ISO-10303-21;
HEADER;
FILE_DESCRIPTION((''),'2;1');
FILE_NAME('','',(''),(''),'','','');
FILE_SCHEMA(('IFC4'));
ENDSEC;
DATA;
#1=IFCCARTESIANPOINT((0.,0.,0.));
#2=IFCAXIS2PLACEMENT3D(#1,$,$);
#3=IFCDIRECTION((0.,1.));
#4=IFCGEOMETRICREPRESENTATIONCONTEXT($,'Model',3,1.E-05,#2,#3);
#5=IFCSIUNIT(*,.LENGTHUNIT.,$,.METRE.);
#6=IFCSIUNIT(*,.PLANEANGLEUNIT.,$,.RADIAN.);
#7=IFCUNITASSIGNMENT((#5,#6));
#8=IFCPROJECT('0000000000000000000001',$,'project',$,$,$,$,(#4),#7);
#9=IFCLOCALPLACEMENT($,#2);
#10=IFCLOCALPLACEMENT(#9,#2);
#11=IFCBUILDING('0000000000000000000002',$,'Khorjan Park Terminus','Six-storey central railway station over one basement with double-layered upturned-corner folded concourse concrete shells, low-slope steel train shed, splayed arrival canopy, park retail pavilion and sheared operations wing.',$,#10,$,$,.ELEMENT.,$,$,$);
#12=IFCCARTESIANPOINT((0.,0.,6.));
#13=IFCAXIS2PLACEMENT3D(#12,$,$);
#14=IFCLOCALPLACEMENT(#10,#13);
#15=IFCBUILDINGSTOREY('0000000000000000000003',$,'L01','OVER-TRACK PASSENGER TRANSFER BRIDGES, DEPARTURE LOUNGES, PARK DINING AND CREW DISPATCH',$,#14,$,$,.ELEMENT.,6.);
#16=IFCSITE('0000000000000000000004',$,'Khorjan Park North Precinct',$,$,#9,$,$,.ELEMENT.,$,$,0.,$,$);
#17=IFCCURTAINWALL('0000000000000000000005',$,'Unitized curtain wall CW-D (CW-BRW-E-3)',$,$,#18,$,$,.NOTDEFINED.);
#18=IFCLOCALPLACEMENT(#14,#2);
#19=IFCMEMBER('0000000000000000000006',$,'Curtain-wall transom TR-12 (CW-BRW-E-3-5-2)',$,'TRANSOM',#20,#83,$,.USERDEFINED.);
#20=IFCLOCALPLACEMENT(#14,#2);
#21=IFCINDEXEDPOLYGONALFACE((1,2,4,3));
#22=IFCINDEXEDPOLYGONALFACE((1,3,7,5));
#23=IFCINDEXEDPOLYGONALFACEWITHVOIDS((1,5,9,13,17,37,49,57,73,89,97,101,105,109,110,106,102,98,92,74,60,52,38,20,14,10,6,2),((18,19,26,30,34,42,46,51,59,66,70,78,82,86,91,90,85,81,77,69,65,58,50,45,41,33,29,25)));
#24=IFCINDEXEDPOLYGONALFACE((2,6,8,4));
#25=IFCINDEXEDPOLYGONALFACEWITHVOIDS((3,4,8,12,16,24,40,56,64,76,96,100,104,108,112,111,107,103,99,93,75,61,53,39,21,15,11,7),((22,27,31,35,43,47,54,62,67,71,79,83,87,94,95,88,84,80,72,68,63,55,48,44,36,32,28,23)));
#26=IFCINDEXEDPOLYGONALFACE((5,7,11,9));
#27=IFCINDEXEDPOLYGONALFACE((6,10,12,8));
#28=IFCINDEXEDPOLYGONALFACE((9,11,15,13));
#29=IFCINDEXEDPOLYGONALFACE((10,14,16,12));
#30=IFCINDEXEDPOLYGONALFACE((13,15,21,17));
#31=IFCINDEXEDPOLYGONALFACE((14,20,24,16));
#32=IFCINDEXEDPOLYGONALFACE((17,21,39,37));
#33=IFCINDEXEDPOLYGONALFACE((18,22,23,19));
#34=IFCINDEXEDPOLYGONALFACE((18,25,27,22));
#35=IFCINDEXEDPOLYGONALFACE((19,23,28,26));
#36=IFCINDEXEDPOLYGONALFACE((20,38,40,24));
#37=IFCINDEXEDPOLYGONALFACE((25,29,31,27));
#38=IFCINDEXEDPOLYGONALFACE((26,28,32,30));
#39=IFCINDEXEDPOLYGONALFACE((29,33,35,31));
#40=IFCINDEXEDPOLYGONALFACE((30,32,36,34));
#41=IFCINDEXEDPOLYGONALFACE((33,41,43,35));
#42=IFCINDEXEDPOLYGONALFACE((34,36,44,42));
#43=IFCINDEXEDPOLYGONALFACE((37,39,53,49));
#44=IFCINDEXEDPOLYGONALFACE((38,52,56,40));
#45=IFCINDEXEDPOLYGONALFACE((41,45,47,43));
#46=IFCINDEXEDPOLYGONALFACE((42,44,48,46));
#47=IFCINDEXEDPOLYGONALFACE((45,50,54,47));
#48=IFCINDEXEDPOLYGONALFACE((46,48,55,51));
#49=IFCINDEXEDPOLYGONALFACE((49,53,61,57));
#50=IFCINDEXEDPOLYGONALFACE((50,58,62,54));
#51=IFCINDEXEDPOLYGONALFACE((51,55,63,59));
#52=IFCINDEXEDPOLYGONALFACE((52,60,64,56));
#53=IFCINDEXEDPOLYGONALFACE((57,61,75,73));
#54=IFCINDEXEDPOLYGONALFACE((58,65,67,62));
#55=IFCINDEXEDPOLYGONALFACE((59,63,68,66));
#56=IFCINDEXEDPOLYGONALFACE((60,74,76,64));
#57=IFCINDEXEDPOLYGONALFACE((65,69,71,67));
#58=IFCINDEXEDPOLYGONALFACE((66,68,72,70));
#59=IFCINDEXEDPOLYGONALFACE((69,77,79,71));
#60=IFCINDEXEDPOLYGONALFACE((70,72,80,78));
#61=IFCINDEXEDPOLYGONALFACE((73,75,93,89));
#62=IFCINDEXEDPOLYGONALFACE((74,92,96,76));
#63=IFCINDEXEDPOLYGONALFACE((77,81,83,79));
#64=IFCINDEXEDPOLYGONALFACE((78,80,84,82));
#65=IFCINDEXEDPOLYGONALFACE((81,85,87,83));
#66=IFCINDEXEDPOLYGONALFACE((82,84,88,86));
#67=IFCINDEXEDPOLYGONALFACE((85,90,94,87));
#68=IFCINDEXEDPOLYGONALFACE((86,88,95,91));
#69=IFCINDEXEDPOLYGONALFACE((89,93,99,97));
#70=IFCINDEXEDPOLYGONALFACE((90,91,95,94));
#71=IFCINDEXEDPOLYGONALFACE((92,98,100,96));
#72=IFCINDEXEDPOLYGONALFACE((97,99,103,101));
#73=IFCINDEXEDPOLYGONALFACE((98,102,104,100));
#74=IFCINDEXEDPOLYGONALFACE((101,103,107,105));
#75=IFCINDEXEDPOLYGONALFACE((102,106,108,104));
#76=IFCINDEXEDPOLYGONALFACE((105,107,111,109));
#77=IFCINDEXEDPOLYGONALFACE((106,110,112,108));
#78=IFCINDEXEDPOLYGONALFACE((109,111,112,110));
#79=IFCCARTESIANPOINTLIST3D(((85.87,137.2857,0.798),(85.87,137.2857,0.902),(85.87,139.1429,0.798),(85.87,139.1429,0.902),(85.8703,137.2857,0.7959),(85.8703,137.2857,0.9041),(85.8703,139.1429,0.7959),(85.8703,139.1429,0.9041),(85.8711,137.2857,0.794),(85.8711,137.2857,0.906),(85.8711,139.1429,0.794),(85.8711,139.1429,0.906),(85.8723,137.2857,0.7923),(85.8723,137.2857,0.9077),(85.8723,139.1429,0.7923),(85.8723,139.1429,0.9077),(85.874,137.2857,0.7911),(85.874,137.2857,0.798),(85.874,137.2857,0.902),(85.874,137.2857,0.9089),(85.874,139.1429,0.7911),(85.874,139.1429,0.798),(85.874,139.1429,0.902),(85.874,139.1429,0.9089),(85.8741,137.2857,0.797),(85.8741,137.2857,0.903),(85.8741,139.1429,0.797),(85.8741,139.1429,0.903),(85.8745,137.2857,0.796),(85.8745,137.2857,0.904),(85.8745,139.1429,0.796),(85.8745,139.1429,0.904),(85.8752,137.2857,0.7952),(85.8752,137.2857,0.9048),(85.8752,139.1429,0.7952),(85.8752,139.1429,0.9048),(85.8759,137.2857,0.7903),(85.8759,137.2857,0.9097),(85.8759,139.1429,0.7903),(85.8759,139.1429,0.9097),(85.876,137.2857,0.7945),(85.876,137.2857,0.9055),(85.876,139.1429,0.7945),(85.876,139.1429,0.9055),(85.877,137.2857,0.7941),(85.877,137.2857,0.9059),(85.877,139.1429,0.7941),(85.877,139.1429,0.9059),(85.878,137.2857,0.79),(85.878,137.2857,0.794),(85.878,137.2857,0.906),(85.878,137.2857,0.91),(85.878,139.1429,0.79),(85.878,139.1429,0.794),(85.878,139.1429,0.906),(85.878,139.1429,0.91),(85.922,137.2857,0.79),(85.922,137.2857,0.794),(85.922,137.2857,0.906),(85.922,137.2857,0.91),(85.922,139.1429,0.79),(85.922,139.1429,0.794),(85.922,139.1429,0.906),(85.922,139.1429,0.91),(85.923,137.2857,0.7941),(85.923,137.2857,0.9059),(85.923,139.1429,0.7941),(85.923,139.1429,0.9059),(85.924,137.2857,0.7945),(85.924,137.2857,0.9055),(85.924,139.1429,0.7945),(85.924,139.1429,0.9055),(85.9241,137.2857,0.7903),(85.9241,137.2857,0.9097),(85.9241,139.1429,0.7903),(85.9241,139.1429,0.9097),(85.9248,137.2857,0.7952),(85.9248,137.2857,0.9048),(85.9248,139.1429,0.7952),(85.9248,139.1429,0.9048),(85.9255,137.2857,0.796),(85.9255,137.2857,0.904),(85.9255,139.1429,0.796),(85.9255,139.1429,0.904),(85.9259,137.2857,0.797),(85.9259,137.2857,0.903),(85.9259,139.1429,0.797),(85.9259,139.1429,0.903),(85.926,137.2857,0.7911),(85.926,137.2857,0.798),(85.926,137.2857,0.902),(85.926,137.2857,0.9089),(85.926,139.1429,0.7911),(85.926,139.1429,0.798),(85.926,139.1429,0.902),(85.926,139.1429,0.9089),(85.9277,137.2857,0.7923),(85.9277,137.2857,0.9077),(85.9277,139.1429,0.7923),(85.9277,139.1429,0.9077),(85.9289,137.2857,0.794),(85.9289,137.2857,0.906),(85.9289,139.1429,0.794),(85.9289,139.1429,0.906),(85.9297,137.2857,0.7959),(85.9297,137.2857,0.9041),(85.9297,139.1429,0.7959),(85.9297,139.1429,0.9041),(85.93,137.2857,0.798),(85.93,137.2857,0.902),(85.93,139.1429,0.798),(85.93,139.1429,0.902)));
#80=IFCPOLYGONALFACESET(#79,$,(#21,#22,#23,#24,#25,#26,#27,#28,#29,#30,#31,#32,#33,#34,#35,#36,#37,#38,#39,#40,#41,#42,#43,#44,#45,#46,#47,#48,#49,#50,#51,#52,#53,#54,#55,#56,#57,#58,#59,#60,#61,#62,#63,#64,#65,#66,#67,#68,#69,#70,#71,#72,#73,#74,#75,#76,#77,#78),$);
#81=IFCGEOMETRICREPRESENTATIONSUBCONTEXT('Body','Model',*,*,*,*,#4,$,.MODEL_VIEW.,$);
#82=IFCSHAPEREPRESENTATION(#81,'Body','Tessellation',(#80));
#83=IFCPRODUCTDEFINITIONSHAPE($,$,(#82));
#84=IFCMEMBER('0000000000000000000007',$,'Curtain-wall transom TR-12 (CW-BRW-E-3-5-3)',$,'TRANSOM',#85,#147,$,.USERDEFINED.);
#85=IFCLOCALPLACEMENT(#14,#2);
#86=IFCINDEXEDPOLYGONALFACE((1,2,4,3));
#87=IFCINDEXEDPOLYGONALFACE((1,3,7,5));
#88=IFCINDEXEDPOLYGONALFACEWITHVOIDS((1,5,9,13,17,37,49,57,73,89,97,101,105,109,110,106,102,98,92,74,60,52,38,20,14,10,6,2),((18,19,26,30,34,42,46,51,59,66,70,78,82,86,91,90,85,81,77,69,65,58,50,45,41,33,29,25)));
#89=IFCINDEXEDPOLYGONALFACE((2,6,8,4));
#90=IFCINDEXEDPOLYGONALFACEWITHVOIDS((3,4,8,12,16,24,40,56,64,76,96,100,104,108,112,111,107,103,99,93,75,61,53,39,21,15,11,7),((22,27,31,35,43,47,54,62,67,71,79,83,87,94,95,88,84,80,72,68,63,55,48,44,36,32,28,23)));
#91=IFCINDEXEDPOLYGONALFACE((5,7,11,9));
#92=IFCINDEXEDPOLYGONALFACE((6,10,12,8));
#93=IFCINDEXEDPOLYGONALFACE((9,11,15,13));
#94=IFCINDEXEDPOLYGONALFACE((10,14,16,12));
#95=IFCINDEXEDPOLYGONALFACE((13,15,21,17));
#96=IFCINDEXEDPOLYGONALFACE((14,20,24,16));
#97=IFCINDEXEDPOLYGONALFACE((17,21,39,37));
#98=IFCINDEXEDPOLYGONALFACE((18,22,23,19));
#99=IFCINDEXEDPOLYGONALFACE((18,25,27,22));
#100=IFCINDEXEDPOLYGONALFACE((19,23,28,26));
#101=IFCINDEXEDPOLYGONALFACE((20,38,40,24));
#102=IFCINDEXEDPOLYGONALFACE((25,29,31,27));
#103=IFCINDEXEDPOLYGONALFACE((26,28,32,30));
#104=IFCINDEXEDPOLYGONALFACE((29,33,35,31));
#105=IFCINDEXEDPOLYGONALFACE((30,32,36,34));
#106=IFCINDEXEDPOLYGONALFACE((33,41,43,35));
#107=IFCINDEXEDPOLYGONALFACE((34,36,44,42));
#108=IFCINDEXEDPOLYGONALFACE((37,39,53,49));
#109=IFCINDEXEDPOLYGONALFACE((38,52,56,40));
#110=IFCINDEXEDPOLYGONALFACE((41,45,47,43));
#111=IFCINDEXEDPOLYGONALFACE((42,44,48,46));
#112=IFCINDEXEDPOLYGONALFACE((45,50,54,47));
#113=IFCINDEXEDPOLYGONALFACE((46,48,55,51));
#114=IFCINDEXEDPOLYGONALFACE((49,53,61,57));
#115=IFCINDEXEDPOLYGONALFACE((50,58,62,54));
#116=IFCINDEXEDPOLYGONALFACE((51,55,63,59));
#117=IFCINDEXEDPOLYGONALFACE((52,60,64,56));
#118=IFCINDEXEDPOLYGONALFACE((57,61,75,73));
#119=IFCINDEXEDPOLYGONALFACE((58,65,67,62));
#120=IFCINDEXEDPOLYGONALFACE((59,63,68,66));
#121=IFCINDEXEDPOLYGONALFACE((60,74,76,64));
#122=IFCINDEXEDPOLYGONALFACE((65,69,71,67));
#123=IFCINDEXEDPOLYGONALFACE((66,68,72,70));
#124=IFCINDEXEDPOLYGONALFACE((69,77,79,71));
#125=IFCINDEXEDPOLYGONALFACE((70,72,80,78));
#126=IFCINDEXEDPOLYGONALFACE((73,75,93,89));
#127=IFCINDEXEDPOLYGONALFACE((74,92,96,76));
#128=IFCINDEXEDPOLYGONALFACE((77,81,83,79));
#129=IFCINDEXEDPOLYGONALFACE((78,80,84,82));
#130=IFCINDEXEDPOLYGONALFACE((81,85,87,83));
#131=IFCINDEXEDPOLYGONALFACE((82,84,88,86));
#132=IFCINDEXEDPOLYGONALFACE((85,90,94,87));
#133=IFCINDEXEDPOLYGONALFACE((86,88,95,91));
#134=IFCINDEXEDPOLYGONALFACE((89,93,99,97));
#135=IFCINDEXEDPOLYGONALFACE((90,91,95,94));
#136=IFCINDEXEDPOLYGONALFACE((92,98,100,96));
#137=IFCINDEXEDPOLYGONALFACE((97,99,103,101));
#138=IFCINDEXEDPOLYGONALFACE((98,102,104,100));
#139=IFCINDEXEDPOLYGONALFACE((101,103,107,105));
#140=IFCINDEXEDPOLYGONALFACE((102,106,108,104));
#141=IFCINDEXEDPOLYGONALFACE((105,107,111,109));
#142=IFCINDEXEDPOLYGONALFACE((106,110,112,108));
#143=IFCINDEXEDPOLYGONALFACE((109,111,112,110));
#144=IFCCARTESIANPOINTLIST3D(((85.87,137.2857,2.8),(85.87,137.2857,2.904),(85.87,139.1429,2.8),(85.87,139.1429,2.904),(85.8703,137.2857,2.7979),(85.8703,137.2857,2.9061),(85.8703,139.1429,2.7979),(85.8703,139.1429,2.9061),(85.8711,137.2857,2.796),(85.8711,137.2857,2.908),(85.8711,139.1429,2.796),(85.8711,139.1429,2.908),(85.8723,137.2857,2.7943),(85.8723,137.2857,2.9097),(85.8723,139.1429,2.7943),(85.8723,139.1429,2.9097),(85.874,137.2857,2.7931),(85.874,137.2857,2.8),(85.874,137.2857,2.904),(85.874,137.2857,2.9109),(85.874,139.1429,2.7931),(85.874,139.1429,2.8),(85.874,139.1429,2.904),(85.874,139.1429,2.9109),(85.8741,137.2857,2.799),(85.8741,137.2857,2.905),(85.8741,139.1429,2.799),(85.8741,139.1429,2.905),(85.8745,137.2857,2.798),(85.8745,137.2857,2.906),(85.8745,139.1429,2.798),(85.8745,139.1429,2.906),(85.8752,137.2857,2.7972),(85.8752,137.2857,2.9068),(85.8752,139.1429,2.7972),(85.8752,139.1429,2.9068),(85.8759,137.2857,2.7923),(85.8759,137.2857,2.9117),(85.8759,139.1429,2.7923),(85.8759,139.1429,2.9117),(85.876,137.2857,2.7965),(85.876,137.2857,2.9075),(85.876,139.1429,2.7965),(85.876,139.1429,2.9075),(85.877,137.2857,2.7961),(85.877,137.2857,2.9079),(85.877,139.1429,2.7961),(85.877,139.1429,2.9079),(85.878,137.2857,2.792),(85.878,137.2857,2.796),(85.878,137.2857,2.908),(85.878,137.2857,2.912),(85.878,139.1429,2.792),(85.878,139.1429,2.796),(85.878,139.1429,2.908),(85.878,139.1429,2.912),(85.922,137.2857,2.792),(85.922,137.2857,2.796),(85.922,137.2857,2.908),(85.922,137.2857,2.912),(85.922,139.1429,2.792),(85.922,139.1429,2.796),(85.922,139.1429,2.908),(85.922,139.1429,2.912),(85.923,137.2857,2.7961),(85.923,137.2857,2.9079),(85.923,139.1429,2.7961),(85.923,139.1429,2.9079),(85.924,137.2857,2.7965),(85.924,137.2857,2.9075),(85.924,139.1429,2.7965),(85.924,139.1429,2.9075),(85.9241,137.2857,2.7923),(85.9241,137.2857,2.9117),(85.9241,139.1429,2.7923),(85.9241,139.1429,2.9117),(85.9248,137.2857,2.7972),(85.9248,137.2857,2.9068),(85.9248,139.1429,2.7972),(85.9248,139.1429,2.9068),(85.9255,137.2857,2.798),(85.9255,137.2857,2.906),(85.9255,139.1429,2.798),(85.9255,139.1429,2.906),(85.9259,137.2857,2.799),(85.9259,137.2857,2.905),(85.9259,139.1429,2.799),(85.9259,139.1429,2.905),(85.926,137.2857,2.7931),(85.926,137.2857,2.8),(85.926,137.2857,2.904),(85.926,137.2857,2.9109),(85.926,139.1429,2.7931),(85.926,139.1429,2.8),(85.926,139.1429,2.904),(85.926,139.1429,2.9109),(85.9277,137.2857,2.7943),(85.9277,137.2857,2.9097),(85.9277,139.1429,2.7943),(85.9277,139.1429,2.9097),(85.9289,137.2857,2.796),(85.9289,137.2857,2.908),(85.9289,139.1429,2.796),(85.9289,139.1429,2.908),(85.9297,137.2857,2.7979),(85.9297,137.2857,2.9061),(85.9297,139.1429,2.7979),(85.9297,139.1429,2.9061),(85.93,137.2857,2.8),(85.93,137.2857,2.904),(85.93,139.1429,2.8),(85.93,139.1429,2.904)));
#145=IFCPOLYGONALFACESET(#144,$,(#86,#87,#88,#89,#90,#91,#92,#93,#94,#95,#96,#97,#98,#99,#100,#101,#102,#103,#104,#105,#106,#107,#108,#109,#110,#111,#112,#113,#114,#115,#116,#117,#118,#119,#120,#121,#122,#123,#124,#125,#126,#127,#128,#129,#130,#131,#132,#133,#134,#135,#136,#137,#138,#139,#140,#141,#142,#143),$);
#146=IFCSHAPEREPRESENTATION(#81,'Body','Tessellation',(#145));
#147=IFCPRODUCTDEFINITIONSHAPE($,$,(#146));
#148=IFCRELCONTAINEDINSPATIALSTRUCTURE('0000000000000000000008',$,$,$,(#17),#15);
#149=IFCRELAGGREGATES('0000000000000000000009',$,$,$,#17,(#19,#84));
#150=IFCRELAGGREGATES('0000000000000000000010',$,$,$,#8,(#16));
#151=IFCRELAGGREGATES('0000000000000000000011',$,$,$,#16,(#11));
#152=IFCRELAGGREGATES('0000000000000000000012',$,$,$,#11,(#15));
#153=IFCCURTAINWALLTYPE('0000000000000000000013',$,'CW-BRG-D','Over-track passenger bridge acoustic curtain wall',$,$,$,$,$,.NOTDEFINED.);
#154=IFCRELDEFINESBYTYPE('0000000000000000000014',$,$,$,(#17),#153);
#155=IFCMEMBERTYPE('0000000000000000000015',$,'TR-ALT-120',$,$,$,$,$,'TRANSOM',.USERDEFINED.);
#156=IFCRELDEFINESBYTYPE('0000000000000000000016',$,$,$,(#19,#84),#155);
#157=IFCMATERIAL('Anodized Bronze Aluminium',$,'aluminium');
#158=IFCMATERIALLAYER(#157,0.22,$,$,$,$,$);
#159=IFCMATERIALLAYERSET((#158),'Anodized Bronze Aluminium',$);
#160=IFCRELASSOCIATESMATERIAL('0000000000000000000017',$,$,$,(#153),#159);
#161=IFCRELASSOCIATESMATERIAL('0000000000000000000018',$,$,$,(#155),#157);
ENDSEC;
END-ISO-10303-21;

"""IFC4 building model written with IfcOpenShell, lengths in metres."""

from ifc_helpers import new_model, si_unit, direction, frame, origin, origin_2d, place, context, subcontext, project, spatial, hollow_rectangle, extrude, material, layer, layer_set, material_profile, profile_set, type_object, element, aggregate, save


model = new_model("IFC4")

# Units and contexts
model_context = context("Model", 3, precision=1e-05, world=origin(), true_north=direction((0.0, 1.0)))
body_context = subcontext(model_context, "Body", "Model", "MODEL_VIEW")
ifc_project = project(units=[si_unit("LENGTHUNIT", "METRE"), si_unit("PLANEANGLEUNIT", "RADIAN")], contexts=[model_context])

# Site, building, storey
site_placement = place(None, origin())
site = spatial("IfcSite", under=ifc_project, at=site_placement, Name="Khorjan Park North Precinct", CompositionType="ELEMENT", RefElevation=0.0)
building_placement = place(site_placement, origin())
building = spatial("IfcBuilding", under=site, at=building_placement, Name="Khorjan Park Terminus", Description="Six-storey central railway station over one basement with double-layered upturned-corner folded concourse concrete shells, low-slope steel train shed, splayed arrival canopy, park retail pavilion and sheared operations wing.", CompositionType="ELEMENT")
storey_placement = place(building_placement, frame((0.0, 0.0, 6.0)))
storey = spatial("IfcBuildingStorey", under=building, at=storey_placement, Name="L01", Description="OVER-TRACK PASSENGER TRANSFER BRIDGES, DEPARTURE LOUNGES, PARK DINING AND CREW DISPATCH", CompositionType="ELEMENT", Elevation=6.0)

# Curtain wall, members
ifc_material_1 = material(Name="Anodized Bronze Aluminium", Category="aluminium")
ifc_layer_1 = layer(ifc_material_1, 0.22)
ifc_layer_set_1 = layer_set([ifc_layer_1], Name="Anodized Bronze Aluminium")
curtain_wall_type = type_object("IfcCurtainWallType", Name="CW-BRG-D", Description="Over-track passenger bridge acoustic curtain wall", PredefinedType="NOTDEFINED", material=ifc_layer_set_1)
curtain_wall_1_placement = place(storey_placement, origin())
curtain_wall_1 = element("IfcCurtainWall", 1, at=curtain_wall_1_placement, inside=storey, type_object=curtain_wall_type, Name="Unitized curtain wall CW-D (CW-BRW-E-3)", PredefinedType="NOTDEFINED")
ifc_material_profile_1 = material_profile(ifc_material_1, hollow_rectangle(XDim=0.06, YDim=0.12, WallThickness=0.004, InnerFilletRadius=0.004, OuterFilletRadius=0.008, at=origin_2d()), Name="ALT 60x120x4")
ifc_profile_set_1 = profile_set([ifc_material_profile_1], Name="Anodized Bronze Aluminium")
member_type_1 = type_object("IfcMemberType", Name="TR-ALT-120", ElementType="TRANSOM", PredefinedType="USERDEFINED", material=ifc_profile_set_1)
member_1_placement = place(storey_placement, frame((85.9, 137.2857, 0.85), z_axis=(0.0, 1.0, 0.0), x_axis=(-1.0, 0.0, 0.0)))
member_1 = element("IfcMember", 2, at=member_1_placement, type_object=member_type_1, Name="Curtain-wall transom TR-12 (CW-BRW-E-3-5-2)", ObjectType="TRANSOM", PredefinedType="USERDEFINED", context=body_context, shape_type="SweptSolid", body=[
    extrude(hollow_rectangle(XDim=0.06, YDim=0.12, WallThickness=0.004, InnerFilletRadius=0.004, OuterFilletRadius=0.008, at=origin_2d()), origin(), (0.0, 0.0, 1.0), 1.8572),
])
member_2_placement = place(storey_placement, frame((85.9, 137.2857, 2.852), z_axis=(0.0, 1.0, 0.0), x_axis=(-1.0, 0.0, 0.0)))
member_2 = element("IfcMember", 3, at=member_2_placement, type_object=member_type_1, Name="Curtain-wall transom TR-12 (CW-BRW-E-3-5-3)", ObjectType="TRANSOM", PredefinedType="USERDEFINED", context=body_context, shape_type="SweptSolid", body=[
    extrude(hollow_rectangle(XDim=0.06, YDim=0.12, WallThickness=0.004, InnerFilletRadius=0.004, OuterFilletRadius=0.008, at=origin_2d()), origin(), (0.0, 0.0, 1.0), 1.8572),
])

aggregate(curtain_wall_1, [member_1, member_2])

save(model, "model.ifc")
